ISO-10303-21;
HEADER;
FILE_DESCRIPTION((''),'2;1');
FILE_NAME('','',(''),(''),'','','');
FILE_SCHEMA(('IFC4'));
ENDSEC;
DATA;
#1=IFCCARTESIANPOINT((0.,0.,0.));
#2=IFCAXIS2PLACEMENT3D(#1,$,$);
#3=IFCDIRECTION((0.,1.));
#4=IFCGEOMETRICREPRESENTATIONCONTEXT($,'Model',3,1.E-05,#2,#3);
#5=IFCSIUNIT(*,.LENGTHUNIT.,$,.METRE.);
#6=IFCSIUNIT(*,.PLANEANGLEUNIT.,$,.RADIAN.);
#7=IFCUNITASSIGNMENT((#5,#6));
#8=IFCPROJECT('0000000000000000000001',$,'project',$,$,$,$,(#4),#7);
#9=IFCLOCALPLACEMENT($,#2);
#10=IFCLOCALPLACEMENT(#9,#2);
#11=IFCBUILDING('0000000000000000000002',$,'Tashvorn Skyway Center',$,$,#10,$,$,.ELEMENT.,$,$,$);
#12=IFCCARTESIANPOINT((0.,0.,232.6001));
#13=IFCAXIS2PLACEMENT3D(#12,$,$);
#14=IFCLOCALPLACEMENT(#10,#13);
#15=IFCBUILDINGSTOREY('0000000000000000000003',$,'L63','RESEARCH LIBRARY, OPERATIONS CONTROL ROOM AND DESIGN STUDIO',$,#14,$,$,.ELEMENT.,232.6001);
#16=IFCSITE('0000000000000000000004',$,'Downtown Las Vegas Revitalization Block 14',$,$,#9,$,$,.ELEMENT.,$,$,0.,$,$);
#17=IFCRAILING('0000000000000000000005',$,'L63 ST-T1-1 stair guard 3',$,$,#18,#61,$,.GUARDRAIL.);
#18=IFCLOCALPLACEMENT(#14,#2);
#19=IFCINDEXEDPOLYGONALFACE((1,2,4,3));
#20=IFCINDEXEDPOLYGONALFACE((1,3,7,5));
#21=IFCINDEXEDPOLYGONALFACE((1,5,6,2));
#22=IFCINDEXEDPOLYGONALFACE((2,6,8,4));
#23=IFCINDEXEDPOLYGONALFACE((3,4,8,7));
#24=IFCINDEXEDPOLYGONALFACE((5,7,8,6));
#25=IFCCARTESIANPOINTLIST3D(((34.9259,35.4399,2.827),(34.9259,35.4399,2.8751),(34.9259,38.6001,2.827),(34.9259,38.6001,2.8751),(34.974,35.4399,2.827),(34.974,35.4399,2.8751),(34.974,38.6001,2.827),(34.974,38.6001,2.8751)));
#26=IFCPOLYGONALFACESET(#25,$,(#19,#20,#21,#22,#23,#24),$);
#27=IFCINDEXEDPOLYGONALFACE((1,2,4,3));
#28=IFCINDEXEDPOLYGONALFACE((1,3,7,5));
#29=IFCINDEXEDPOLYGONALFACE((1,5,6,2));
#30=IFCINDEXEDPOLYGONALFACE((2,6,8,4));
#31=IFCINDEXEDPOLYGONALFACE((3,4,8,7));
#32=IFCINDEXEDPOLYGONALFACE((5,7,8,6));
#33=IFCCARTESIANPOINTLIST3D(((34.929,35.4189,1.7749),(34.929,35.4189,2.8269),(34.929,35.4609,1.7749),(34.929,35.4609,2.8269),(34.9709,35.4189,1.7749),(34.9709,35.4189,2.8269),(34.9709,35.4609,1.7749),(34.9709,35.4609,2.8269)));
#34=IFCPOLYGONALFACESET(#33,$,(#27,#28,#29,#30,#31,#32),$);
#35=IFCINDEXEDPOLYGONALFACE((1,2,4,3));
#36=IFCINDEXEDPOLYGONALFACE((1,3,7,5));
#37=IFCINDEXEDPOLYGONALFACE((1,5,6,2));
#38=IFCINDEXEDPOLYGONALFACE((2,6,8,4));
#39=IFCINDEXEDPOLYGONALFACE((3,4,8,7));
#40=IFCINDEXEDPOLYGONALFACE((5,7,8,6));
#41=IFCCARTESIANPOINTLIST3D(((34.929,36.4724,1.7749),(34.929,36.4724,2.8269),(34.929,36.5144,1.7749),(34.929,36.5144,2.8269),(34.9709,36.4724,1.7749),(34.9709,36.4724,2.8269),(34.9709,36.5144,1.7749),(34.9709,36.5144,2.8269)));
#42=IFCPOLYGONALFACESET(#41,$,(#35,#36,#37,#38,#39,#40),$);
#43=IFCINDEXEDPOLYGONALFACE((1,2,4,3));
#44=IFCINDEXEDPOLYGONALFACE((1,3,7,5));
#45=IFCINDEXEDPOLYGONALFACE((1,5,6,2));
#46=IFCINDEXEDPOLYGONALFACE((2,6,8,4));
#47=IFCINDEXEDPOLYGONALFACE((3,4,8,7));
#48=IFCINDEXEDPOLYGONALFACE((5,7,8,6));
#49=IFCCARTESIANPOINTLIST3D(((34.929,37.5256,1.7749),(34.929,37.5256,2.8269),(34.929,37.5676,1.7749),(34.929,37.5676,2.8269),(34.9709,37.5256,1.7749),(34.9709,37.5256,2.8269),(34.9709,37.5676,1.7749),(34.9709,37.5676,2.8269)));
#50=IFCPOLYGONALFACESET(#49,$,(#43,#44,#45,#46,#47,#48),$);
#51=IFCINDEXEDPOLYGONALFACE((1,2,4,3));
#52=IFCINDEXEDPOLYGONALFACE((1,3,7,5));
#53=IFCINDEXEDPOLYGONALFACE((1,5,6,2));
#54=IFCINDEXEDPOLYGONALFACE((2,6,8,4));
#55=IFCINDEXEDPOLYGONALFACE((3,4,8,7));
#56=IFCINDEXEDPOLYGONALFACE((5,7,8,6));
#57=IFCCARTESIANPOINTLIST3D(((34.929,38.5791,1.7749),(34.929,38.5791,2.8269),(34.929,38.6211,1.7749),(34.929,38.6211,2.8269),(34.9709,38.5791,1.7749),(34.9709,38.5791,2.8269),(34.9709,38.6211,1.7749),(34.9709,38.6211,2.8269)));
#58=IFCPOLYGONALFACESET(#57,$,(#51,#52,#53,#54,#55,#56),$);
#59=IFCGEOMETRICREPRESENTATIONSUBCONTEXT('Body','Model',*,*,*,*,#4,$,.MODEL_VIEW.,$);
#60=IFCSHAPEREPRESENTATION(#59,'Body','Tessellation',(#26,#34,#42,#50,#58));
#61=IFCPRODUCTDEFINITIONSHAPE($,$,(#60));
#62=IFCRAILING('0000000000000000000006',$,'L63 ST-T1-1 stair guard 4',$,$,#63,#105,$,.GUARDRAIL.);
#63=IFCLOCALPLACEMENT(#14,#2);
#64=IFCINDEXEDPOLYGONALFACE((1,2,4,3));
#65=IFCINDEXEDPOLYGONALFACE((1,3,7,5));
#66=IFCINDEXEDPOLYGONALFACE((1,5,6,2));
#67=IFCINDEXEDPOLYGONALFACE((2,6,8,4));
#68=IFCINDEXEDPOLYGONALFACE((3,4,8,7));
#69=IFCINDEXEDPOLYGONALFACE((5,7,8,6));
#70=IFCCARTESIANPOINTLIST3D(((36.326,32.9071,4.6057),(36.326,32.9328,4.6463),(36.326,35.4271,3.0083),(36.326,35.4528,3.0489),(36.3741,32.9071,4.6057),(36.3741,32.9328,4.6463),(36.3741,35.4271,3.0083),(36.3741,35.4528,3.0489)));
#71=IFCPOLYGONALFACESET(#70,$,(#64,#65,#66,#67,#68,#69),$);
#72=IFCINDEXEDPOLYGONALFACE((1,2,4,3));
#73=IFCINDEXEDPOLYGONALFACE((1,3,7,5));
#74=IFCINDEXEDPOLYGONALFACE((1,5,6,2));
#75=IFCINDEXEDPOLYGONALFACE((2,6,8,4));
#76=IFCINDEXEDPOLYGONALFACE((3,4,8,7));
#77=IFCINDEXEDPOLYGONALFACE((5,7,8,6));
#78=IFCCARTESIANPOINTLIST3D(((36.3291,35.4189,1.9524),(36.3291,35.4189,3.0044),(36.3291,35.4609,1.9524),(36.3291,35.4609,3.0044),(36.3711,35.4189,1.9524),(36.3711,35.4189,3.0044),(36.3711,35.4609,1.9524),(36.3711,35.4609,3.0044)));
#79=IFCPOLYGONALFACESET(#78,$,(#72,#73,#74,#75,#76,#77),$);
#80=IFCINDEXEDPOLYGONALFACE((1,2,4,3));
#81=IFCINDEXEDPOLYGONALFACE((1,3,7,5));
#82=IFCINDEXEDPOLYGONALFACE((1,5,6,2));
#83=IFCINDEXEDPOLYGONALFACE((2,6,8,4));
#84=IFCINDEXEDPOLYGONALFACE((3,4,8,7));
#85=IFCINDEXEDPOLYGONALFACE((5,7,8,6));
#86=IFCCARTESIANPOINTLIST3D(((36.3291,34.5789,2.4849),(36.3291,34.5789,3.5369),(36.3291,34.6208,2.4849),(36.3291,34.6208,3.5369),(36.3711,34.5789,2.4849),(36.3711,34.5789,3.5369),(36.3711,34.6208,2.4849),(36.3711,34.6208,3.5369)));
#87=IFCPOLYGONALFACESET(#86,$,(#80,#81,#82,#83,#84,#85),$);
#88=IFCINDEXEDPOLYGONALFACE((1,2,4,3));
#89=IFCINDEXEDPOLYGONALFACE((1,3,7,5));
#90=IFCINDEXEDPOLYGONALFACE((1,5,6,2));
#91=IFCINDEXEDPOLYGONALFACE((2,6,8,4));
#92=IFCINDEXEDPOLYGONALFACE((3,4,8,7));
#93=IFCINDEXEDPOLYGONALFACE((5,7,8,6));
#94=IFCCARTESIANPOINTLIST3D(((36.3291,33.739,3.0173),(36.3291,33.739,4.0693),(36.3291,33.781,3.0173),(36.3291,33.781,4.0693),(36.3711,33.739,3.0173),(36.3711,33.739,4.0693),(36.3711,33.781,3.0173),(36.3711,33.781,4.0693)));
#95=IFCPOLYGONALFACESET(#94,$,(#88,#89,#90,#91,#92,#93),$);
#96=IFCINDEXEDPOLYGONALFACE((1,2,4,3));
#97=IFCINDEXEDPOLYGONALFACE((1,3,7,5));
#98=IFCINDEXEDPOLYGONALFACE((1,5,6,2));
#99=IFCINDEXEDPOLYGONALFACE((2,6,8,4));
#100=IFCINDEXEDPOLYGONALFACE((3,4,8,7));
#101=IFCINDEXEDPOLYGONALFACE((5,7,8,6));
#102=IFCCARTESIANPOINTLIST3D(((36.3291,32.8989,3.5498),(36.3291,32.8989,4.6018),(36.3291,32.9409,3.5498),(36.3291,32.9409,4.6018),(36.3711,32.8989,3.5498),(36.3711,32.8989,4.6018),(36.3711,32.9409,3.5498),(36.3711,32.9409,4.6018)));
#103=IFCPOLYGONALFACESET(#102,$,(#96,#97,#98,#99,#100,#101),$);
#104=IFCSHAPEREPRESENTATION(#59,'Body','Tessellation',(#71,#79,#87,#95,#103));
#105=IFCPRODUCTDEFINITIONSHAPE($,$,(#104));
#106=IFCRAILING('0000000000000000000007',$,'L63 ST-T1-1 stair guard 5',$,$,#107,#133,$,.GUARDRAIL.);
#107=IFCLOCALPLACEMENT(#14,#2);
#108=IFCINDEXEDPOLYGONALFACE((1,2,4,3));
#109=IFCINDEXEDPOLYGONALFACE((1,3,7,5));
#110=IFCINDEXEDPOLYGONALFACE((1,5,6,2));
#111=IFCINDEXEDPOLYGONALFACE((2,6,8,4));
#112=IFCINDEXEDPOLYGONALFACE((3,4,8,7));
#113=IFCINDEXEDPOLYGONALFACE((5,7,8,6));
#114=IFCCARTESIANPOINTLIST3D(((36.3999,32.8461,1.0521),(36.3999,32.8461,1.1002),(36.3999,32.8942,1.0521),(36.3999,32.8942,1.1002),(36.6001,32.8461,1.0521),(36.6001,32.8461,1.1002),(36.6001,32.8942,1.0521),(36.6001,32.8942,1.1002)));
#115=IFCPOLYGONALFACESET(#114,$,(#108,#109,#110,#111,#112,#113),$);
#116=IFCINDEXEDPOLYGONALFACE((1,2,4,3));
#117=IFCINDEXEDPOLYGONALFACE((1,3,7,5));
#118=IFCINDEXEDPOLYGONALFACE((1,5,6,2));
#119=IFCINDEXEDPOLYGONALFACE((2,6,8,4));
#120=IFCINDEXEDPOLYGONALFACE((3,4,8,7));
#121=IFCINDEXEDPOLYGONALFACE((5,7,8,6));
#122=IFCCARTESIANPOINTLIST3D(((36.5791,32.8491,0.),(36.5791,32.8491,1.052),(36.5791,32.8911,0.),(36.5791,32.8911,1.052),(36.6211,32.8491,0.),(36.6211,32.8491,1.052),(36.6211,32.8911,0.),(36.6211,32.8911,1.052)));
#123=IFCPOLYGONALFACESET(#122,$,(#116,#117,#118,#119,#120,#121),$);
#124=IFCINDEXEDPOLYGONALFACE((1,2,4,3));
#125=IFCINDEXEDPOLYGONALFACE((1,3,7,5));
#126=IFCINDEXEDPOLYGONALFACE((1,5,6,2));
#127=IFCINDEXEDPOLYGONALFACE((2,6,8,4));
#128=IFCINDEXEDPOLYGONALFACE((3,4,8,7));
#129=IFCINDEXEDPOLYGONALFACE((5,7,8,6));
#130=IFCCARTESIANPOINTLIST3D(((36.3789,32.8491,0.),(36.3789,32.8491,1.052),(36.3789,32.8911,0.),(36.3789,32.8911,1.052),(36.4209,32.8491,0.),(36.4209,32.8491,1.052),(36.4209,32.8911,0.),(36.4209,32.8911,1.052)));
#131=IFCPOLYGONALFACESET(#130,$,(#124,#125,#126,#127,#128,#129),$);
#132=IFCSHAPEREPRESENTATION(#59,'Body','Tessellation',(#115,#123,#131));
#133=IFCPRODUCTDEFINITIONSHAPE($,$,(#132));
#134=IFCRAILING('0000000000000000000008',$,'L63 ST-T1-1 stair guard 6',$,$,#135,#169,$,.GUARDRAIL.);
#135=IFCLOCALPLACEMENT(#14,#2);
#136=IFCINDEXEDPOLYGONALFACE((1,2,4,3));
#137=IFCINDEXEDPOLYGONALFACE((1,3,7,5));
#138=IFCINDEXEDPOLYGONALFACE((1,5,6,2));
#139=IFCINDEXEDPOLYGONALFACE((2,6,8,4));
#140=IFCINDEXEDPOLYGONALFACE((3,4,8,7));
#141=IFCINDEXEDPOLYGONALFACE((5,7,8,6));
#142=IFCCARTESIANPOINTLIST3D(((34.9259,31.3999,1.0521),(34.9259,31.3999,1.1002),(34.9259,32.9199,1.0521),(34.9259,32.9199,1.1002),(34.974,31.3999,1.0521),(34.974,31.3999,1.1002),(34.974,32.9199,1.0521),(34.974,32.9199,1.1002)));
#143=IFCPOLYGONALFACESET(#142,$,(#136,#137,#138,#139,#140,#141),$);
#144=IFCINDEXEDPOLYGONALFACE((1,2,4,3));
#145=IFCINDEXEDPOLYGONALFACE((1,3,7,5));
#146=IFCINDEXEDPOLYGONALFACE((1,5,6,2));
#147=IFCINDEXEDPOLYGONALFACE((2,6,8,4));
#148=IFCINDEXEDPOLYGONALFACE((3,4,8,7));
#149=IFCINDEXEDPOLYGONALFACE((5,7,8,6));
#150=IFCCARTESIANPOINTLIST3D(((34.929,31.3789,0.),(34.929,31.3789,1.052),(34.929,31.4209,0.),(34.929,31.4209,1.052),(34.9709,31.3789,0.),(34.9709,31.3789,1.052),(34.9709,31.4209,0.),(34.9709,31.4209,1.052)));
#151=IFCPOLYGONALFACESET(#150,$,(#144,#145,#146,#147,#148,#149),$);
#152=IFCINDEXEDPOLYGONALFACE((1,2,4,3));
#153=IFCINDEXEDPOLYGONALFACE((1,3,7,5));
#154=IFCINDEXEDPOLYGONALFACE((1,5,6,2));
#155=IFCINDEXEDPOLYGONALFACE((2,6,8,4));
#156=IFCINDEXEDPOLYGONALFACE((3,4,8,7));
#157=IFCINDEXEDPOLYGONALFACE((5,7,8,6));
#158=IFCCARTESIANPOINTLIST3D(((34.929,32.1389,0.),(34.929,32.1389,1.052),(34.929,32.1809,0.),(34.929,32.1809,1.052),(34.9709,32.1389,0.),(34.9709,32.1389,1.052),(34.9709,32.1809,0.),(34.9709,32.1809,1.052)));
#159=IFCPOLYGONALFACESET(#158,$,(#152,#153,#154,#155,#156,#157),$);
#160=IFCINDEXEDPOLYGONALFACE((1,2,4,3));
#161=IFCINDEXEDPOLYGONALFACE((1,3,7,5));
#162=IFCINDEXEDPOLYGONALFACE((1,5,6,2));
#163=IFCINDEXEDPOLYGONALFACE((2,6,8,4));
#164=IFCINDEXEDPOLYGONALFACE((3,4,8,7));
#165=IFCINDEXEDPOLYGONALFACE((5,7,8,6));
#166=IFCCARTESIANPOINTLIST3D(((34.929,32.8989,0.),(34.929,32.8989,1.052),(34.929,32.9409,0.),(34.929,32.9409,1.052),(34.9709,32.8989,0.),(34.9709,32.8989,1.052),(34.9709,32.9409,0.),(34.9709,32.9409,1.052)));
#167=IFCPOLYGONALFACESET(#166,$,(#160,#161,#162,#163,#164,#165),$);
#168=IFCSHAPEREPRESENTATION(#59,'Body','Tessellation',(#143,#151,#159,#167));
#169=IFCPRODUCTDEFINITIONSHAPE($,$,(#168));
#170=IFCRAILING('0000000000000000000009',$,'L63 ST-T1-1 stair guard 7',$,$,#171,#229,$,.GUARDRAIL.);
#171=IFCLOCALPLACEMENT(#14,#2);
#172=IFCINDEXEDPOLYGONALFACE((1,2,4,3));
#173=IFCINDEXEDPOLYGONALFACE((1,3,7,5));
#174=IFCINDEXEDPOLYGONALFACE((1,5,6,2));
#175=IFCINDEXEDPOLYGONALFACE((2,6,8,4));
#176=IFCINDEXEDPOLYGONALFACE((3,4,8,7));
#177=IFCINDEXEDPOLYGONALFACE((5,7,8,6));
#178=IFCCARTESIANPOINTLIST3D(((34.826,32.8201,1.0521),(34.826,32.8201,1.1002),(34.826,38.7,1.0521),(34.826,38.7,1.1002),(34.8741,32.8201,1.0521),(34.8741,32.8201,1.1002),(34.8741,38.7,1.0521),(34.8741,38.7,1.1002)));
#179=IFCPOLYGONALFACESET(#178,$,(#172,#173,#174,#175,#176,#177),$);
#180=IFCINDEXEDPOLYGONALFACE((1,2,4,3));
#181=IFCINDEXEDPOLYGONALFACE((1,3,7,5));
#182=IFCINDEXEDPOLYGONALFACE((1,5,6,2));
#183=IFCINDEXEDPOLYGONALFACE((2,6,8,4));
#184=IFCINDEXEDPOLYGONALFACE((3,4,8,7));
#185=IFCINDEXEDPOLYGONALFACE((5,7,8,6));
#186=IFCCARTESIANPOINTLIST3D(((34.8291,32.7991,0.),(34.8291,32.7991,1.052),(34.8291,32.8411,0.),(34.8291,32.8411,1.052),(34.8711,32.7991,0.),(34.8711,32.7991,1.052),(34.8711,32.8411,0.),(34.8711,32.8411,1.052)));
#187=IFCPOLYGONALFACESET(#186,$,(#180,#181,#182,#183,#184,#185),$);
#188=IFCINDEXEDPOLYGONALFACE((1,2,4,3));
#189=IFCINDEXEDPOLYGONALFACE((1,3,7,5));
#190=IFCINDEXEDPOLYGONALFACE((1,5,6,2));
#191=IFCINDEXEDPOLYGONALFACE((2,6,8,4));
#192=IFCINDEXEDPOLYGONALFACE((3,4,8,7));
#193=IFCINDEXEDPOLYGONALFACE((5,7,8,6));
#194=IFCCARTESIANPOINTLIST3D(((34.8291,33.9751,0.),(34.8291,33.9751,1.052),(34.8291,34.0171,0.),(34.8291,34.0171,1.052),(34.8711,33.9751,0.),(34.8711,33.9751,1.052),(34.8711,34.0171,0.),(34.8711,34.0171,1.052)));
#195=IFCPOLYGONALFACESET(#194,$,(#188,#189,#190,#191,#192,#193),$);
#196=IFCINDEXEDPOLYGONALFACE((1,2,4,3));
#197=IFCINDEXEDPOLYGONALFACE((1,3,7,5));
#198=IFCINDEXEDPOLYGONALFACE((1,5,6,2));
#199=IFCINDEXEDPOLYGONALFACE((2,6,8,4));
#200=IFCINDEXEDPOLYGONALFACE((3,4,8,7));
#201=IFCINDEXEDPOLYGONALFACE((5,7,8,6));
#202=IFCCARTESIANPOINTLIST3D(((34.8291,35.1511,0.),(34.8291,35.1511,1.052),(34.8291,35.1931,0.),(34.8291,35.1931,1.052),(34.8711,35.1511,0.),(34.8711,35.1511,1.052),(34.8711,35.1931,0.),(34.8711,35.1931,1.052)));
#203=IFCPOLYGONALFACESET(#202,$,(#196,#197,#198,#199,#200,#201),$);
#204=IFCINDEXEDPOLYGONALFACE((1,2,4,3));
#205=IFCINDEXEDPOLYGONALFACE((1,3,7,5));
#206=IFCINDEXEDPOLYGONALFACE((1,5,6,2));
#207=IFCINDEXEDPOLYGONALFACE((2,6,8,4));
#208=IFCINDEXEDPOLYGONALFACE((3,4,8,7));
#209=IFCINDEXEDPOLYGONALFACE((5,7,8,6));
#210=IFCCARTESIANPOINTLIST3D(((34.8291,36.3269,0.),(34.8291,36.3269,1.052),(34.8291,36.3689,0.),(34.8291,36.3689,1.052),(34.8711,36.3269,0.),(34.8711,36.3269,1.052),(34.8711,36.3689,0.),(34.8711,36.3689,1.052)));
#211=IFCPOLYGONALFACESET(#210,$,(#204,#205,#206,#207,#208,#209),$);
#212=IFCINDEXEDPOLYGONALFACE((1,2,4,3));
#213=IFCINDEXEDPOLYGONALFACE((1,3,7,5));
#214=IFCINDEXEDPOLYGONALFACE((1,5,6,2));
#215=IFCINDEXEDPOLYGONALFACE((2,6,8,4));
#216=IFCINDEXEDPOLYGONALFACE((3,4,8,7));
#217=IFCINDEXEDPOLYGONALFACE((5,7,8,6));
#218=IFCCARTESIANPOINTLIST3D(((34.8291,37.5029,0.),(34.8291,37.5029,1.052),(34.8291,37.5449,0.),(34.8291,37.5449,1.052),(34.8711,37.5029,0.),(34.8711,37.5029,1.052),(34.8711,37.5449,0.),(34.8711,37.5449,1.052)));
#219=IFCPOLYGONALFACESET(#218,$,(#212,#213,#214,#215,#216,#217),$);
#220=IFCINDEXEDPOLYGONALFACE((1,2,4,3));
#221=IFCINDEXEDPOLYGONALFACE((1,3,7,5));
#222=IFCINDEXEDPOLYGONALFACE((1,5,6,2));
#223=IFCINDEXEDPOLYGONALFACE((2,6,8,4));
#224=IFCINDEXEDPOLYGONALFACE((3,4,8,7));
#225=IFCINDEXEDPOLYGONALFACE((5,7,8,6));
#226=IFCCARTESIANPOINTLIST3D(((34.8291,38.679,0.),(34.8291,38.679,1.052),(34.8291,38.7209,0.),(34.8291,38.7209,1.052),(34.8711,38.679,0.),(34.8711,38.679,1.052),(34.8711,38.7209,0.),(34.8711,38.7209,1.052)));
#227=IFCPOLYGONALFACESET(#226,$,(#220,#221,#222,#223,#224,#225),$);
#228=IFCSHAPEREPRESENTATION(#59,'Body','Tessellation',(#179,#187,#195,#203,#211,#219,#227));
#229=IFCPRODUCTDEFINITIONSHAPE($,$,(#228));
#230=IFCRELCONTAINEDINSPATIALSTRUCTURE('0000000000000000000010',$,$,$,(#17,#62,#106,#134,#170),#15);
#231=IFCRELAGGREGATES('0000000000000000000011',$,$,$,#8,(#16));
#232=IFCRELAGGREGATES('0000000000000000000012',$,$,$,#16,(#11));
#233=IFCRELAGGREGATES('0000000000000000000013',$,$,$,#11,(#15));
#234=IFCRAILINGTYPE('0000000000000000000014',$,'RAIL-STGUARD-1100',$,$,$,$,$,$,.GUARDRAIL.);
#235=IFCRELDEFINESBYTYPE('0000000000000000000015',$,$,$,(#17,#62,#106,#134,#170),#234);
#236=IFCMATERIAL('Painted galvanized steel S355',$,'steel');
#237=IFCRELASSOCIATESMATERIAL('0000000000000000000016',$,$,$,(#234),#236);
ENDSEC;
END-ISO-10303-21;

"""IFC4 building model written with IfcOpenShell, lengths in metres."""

from ifc_helpers import new_model, si_unit, direction, frame, origin, origin_2d, place, context, subcontext, project, spatial, rectangle, extrude, material, type_object, element, save


model = new_model("IFC4")

# Units and contexts
model_context = context("Model", 3, precision=1e-05, world=origin(), true_north=direction((0.0, 1.0)))
body_context = subcontext(model_context, "Body", "Model", "MODEL_VIEW")
ifc_project = project(units=[si_unit("LENGTHUNIT", "METRE"), si_unit("PLANEANGLEUNIT", "RADIAN")], contexts=[model_context])

# Site, building, storey
site_placement = place(None, origin())
site = spatial("IfcSite", under=ifc_project, at=site_placement, Name="Downtown Las Vegas Revitalization Block 14", CompositionType="ELEMENT", RefElevation=0.0)
building_placement = place(site_placement, origin())
building = spatial("IfcBuilding", under=site, at=building_placement, Name="Tashvorn Skyway Center", CompositionType="ELEMENT")
storey_placement = place(building_placement, frame((0.0, 0.0, 232.6001)))
storey = spatial("IfcBuildingStorey", under=building, at=storey_placement, Name="L63", Description="RESEARCH LIBRARY, OPERATIONS CONTROL ROOM AND DESIGN STUDIO", CompositionType="ELEMENT", Elevation=232.6001)

# Railings
ifc_material_1 = material(Name="Painted galvanized steel S355", Category="steel")
railing_type_1 = type_object("IfcRailingType", Name="RAIL-STGUARD-1100", PredefinedType="GUARDRAIL", material=ifc_material_1)
railing_1_placement = place(storey_placement, frame((34.95, 35.4399, 1.7749)))
element("IfcRailing", 1, at=railing_1_placement, inside=storey, type_object=railing_type_1, Name="L63 ST-T1-1 stair guard 3", PredefinedType="GUARDRAIL", context=body_context, shape_type="SweptSolid", body=[
    extrude(rectangle(XDim=0.0481, YDim=0.0481, at=origin_2d()), frame((0.0, 0.0, 1.0762), z_axis=(0.0, 1.0, 0.0), x_axis=(-1.0, 0.0, 0.0)), (0.0, 0.0, 1.0), 3.1602),
    extrude(rectangle(XDim=0.042, YDim=0.042, at=origin_2d()), origin(), (0.0, 0.0, 1.0), 1.052),
    extrude(rectangle(XDim=0.042, YDim=0.042, at=origin_2d()), frame((0.0, 1.0535, 0.0)), (0.0, 0.0, 1.0), 1.052),
    extrude(rectangle(XDim=0.042, YDim=0.042, at=origin_2d()), frame((0.0, 2.1067, 0.0)), (0.0, 0.0, 1.0), 1.052),
    extrude(rectangle(XDim=0.042, YDim=0.042, at=origin_2d()), frame((0.0, 3.1602, 0.0)), (0.0, 0.0, 1.0), 1.052),
])
railing_2_placement = place(storey_placement, frame((36.3501, 35.4399, 1.9524)))
element("IfcRailing", 2, at=railing_2_placement, inside=storey, type_object=railing_type_1, Name="L63 ST-T1-1 stair guard 4", PredefinedType="GUARDRAIL", context=body_context, shape_type="SweptSolid", body=[
    extrude(rectangle(XDim=0.0481, YDim=0.0481, at=origin_2d()), frame((0.0, 0.0, 1.0762), z_axis=(0.0, -0.844607, 0.535387), x_axis=(1.0, 0.0, 0.0)), (0.0, 0.0, 1.0), 2.9836),
    extrude(rectangle(XDim=0.042, YDim=0.042, at=origin_2d()), origin(), (0.0, 0.0, 1.0), 1.052),
    extrude(rectangle(XDim=0.042, YDim=0.042, at=origin_2d()), frame((0.0, -0.8401, 0.5325)), (0.0, 0.0, 1.0), 1.052),
    extrude(rectangle(XDim=0.042, YDim=0.042, at=origin_2d()), frame((0.0, -1.6799, 1.0649)), (0.0, 0.0, 1.0), 1.052),
    extrude(rectangle(XDim=0.042, YDim=0.042, at=origin_2d()), frame((0.0, -2.52, 1.5974)), (0.0, 0.0, 1.0), 1.052),
])
railing_3_placement = place(storey_placement, frame((36.6001, 32.8701, 0.0)))
element("IfcRailing", 3, at=railing_3_placement, inside=storey, type_object=railing_type_1, Name="L63 ST-T1-1 stair guard 5", PredefinedType="GUARDRAIL", context=body_context, shape_type="SweptSolid", body=[
    extrude(rectangle(XDim=0.0481, YDim=0.0481, at=origin_2d()), frame((0.0, 0.0, 1.0762), z_axis=(-1.0, 0.0, 0.0), x_axis=(0.0, -1.0, 0.0)), (0.0, 0.0, 1.0), 0.2002),
    extrude(rectangle(XDim=0.042, YDim=0.042, at=origin_2d()), origin(), (0.0, 0.0, 1.0), 1.052),
    extrude(rectangle(XDim=0.042, YDim=0.042, at=origin_2d()), frame((-0.2002, 0.0, 0.0)), (0.0, 0.0, 1.0), 1.052),
])
railing_4_placement = place(storey_placement, frame((34.95, 31.3999, 0.0)))
element("IfcRailing", 4, at=railing_4_placement, inside=storey, type_object=railing_type_1, Name="L63 ST-T1-1 stair guard 6", PredefinedType="GUARDRAIL", context=body_context, shape_type="SweptSolid", body=[
    extrude(rectangle(XDim=0.0481, YDim=0.0481, at=origin_2d()), frame((0.0, 0.0, 1.0762), z_axis=(0.0, 1.0, 0.0), x_axis=(-1.0, 0.0, 0.0)), (0.0, 0.0, 1.0), 1.52),
    extrude(rectangle(XDim=0.042, YDim=0.042, at=origin_2d()), origin(), (0.0, 0.0, 1.0), 1.052),
    extrude(rectangle(XDim=0.042, YDim=0.042, at=origin_2d()), frame((0.0, 0.76, 0.0)), (0.0, 0.0, 1.0), 1.052),
    extrude(rectangle(XDim=0.042, YDim=0.042, at=origin_2d()), frame((0.0, 1.52, 0.0)), (0.0, 0.0, 1.0), 1.052),
])
railing_5_placement = place(storey_placement, frame((34.8501, 32.8201, 0.0)))
element("IfcRailing", 5, at=railing_5_placement, inside=storey, type_object=railing_type_1, Name="L63 ST-T1-1 stair guard 7", PredefinedType="GUARDRAIL", context=body_context, shape_type="SweptSolid", body=[
    extrude(rectangle(XDim=0.0481, YDim=0.0481, at=origin_2d()), frame((0.0, 0.0, 1.0762), z_axis=(0.0, 1.0, 0.0), x_axis=(-1.0, 0.0, 0.0)), (0.0, 0.0, 1.0), 5.8799),
    extrude(rectangle(XDim=0.042, YDim=0.042, at=origin_2d()), origin(), (0.0, 0.0, 1.0), 1.052),
    extrude(rectangle(XDim=0.042, YDim=0.042, at=origin_2d()), frame((0.0, 1.176, 0.0)), (0.0, 0.0, 1.0), 1.052),
    extrude(rectangle(XDim=0.042, YDim=0.042, at=origin_2d()), frame((0.0, 2.3521, 0.0)), (0.0, 0.0, 1.0), 1.052),
    extrude(rectangle(XDim=0.042, YDim=0.042, at=origin_2d()), frame((0.0, 3.5278, 0.0)), (0.0, 0.0, 1.0), 1.052),
    extrude(rectangle(XDim=0.042, YDim=0.042, at=origin_2d()), frame((0.0, 4.7039, 0.0)), (0.0, 0.0, 1.0), 1.052),
    extrude(rectangle(XDim=0.042, YDim=0.042, at=origin_2d()), frame((0.0, 5.8799, 0.0)), (0.0, 0.0, 1.0), 1.052),
])

save(model, "model.ifc")
